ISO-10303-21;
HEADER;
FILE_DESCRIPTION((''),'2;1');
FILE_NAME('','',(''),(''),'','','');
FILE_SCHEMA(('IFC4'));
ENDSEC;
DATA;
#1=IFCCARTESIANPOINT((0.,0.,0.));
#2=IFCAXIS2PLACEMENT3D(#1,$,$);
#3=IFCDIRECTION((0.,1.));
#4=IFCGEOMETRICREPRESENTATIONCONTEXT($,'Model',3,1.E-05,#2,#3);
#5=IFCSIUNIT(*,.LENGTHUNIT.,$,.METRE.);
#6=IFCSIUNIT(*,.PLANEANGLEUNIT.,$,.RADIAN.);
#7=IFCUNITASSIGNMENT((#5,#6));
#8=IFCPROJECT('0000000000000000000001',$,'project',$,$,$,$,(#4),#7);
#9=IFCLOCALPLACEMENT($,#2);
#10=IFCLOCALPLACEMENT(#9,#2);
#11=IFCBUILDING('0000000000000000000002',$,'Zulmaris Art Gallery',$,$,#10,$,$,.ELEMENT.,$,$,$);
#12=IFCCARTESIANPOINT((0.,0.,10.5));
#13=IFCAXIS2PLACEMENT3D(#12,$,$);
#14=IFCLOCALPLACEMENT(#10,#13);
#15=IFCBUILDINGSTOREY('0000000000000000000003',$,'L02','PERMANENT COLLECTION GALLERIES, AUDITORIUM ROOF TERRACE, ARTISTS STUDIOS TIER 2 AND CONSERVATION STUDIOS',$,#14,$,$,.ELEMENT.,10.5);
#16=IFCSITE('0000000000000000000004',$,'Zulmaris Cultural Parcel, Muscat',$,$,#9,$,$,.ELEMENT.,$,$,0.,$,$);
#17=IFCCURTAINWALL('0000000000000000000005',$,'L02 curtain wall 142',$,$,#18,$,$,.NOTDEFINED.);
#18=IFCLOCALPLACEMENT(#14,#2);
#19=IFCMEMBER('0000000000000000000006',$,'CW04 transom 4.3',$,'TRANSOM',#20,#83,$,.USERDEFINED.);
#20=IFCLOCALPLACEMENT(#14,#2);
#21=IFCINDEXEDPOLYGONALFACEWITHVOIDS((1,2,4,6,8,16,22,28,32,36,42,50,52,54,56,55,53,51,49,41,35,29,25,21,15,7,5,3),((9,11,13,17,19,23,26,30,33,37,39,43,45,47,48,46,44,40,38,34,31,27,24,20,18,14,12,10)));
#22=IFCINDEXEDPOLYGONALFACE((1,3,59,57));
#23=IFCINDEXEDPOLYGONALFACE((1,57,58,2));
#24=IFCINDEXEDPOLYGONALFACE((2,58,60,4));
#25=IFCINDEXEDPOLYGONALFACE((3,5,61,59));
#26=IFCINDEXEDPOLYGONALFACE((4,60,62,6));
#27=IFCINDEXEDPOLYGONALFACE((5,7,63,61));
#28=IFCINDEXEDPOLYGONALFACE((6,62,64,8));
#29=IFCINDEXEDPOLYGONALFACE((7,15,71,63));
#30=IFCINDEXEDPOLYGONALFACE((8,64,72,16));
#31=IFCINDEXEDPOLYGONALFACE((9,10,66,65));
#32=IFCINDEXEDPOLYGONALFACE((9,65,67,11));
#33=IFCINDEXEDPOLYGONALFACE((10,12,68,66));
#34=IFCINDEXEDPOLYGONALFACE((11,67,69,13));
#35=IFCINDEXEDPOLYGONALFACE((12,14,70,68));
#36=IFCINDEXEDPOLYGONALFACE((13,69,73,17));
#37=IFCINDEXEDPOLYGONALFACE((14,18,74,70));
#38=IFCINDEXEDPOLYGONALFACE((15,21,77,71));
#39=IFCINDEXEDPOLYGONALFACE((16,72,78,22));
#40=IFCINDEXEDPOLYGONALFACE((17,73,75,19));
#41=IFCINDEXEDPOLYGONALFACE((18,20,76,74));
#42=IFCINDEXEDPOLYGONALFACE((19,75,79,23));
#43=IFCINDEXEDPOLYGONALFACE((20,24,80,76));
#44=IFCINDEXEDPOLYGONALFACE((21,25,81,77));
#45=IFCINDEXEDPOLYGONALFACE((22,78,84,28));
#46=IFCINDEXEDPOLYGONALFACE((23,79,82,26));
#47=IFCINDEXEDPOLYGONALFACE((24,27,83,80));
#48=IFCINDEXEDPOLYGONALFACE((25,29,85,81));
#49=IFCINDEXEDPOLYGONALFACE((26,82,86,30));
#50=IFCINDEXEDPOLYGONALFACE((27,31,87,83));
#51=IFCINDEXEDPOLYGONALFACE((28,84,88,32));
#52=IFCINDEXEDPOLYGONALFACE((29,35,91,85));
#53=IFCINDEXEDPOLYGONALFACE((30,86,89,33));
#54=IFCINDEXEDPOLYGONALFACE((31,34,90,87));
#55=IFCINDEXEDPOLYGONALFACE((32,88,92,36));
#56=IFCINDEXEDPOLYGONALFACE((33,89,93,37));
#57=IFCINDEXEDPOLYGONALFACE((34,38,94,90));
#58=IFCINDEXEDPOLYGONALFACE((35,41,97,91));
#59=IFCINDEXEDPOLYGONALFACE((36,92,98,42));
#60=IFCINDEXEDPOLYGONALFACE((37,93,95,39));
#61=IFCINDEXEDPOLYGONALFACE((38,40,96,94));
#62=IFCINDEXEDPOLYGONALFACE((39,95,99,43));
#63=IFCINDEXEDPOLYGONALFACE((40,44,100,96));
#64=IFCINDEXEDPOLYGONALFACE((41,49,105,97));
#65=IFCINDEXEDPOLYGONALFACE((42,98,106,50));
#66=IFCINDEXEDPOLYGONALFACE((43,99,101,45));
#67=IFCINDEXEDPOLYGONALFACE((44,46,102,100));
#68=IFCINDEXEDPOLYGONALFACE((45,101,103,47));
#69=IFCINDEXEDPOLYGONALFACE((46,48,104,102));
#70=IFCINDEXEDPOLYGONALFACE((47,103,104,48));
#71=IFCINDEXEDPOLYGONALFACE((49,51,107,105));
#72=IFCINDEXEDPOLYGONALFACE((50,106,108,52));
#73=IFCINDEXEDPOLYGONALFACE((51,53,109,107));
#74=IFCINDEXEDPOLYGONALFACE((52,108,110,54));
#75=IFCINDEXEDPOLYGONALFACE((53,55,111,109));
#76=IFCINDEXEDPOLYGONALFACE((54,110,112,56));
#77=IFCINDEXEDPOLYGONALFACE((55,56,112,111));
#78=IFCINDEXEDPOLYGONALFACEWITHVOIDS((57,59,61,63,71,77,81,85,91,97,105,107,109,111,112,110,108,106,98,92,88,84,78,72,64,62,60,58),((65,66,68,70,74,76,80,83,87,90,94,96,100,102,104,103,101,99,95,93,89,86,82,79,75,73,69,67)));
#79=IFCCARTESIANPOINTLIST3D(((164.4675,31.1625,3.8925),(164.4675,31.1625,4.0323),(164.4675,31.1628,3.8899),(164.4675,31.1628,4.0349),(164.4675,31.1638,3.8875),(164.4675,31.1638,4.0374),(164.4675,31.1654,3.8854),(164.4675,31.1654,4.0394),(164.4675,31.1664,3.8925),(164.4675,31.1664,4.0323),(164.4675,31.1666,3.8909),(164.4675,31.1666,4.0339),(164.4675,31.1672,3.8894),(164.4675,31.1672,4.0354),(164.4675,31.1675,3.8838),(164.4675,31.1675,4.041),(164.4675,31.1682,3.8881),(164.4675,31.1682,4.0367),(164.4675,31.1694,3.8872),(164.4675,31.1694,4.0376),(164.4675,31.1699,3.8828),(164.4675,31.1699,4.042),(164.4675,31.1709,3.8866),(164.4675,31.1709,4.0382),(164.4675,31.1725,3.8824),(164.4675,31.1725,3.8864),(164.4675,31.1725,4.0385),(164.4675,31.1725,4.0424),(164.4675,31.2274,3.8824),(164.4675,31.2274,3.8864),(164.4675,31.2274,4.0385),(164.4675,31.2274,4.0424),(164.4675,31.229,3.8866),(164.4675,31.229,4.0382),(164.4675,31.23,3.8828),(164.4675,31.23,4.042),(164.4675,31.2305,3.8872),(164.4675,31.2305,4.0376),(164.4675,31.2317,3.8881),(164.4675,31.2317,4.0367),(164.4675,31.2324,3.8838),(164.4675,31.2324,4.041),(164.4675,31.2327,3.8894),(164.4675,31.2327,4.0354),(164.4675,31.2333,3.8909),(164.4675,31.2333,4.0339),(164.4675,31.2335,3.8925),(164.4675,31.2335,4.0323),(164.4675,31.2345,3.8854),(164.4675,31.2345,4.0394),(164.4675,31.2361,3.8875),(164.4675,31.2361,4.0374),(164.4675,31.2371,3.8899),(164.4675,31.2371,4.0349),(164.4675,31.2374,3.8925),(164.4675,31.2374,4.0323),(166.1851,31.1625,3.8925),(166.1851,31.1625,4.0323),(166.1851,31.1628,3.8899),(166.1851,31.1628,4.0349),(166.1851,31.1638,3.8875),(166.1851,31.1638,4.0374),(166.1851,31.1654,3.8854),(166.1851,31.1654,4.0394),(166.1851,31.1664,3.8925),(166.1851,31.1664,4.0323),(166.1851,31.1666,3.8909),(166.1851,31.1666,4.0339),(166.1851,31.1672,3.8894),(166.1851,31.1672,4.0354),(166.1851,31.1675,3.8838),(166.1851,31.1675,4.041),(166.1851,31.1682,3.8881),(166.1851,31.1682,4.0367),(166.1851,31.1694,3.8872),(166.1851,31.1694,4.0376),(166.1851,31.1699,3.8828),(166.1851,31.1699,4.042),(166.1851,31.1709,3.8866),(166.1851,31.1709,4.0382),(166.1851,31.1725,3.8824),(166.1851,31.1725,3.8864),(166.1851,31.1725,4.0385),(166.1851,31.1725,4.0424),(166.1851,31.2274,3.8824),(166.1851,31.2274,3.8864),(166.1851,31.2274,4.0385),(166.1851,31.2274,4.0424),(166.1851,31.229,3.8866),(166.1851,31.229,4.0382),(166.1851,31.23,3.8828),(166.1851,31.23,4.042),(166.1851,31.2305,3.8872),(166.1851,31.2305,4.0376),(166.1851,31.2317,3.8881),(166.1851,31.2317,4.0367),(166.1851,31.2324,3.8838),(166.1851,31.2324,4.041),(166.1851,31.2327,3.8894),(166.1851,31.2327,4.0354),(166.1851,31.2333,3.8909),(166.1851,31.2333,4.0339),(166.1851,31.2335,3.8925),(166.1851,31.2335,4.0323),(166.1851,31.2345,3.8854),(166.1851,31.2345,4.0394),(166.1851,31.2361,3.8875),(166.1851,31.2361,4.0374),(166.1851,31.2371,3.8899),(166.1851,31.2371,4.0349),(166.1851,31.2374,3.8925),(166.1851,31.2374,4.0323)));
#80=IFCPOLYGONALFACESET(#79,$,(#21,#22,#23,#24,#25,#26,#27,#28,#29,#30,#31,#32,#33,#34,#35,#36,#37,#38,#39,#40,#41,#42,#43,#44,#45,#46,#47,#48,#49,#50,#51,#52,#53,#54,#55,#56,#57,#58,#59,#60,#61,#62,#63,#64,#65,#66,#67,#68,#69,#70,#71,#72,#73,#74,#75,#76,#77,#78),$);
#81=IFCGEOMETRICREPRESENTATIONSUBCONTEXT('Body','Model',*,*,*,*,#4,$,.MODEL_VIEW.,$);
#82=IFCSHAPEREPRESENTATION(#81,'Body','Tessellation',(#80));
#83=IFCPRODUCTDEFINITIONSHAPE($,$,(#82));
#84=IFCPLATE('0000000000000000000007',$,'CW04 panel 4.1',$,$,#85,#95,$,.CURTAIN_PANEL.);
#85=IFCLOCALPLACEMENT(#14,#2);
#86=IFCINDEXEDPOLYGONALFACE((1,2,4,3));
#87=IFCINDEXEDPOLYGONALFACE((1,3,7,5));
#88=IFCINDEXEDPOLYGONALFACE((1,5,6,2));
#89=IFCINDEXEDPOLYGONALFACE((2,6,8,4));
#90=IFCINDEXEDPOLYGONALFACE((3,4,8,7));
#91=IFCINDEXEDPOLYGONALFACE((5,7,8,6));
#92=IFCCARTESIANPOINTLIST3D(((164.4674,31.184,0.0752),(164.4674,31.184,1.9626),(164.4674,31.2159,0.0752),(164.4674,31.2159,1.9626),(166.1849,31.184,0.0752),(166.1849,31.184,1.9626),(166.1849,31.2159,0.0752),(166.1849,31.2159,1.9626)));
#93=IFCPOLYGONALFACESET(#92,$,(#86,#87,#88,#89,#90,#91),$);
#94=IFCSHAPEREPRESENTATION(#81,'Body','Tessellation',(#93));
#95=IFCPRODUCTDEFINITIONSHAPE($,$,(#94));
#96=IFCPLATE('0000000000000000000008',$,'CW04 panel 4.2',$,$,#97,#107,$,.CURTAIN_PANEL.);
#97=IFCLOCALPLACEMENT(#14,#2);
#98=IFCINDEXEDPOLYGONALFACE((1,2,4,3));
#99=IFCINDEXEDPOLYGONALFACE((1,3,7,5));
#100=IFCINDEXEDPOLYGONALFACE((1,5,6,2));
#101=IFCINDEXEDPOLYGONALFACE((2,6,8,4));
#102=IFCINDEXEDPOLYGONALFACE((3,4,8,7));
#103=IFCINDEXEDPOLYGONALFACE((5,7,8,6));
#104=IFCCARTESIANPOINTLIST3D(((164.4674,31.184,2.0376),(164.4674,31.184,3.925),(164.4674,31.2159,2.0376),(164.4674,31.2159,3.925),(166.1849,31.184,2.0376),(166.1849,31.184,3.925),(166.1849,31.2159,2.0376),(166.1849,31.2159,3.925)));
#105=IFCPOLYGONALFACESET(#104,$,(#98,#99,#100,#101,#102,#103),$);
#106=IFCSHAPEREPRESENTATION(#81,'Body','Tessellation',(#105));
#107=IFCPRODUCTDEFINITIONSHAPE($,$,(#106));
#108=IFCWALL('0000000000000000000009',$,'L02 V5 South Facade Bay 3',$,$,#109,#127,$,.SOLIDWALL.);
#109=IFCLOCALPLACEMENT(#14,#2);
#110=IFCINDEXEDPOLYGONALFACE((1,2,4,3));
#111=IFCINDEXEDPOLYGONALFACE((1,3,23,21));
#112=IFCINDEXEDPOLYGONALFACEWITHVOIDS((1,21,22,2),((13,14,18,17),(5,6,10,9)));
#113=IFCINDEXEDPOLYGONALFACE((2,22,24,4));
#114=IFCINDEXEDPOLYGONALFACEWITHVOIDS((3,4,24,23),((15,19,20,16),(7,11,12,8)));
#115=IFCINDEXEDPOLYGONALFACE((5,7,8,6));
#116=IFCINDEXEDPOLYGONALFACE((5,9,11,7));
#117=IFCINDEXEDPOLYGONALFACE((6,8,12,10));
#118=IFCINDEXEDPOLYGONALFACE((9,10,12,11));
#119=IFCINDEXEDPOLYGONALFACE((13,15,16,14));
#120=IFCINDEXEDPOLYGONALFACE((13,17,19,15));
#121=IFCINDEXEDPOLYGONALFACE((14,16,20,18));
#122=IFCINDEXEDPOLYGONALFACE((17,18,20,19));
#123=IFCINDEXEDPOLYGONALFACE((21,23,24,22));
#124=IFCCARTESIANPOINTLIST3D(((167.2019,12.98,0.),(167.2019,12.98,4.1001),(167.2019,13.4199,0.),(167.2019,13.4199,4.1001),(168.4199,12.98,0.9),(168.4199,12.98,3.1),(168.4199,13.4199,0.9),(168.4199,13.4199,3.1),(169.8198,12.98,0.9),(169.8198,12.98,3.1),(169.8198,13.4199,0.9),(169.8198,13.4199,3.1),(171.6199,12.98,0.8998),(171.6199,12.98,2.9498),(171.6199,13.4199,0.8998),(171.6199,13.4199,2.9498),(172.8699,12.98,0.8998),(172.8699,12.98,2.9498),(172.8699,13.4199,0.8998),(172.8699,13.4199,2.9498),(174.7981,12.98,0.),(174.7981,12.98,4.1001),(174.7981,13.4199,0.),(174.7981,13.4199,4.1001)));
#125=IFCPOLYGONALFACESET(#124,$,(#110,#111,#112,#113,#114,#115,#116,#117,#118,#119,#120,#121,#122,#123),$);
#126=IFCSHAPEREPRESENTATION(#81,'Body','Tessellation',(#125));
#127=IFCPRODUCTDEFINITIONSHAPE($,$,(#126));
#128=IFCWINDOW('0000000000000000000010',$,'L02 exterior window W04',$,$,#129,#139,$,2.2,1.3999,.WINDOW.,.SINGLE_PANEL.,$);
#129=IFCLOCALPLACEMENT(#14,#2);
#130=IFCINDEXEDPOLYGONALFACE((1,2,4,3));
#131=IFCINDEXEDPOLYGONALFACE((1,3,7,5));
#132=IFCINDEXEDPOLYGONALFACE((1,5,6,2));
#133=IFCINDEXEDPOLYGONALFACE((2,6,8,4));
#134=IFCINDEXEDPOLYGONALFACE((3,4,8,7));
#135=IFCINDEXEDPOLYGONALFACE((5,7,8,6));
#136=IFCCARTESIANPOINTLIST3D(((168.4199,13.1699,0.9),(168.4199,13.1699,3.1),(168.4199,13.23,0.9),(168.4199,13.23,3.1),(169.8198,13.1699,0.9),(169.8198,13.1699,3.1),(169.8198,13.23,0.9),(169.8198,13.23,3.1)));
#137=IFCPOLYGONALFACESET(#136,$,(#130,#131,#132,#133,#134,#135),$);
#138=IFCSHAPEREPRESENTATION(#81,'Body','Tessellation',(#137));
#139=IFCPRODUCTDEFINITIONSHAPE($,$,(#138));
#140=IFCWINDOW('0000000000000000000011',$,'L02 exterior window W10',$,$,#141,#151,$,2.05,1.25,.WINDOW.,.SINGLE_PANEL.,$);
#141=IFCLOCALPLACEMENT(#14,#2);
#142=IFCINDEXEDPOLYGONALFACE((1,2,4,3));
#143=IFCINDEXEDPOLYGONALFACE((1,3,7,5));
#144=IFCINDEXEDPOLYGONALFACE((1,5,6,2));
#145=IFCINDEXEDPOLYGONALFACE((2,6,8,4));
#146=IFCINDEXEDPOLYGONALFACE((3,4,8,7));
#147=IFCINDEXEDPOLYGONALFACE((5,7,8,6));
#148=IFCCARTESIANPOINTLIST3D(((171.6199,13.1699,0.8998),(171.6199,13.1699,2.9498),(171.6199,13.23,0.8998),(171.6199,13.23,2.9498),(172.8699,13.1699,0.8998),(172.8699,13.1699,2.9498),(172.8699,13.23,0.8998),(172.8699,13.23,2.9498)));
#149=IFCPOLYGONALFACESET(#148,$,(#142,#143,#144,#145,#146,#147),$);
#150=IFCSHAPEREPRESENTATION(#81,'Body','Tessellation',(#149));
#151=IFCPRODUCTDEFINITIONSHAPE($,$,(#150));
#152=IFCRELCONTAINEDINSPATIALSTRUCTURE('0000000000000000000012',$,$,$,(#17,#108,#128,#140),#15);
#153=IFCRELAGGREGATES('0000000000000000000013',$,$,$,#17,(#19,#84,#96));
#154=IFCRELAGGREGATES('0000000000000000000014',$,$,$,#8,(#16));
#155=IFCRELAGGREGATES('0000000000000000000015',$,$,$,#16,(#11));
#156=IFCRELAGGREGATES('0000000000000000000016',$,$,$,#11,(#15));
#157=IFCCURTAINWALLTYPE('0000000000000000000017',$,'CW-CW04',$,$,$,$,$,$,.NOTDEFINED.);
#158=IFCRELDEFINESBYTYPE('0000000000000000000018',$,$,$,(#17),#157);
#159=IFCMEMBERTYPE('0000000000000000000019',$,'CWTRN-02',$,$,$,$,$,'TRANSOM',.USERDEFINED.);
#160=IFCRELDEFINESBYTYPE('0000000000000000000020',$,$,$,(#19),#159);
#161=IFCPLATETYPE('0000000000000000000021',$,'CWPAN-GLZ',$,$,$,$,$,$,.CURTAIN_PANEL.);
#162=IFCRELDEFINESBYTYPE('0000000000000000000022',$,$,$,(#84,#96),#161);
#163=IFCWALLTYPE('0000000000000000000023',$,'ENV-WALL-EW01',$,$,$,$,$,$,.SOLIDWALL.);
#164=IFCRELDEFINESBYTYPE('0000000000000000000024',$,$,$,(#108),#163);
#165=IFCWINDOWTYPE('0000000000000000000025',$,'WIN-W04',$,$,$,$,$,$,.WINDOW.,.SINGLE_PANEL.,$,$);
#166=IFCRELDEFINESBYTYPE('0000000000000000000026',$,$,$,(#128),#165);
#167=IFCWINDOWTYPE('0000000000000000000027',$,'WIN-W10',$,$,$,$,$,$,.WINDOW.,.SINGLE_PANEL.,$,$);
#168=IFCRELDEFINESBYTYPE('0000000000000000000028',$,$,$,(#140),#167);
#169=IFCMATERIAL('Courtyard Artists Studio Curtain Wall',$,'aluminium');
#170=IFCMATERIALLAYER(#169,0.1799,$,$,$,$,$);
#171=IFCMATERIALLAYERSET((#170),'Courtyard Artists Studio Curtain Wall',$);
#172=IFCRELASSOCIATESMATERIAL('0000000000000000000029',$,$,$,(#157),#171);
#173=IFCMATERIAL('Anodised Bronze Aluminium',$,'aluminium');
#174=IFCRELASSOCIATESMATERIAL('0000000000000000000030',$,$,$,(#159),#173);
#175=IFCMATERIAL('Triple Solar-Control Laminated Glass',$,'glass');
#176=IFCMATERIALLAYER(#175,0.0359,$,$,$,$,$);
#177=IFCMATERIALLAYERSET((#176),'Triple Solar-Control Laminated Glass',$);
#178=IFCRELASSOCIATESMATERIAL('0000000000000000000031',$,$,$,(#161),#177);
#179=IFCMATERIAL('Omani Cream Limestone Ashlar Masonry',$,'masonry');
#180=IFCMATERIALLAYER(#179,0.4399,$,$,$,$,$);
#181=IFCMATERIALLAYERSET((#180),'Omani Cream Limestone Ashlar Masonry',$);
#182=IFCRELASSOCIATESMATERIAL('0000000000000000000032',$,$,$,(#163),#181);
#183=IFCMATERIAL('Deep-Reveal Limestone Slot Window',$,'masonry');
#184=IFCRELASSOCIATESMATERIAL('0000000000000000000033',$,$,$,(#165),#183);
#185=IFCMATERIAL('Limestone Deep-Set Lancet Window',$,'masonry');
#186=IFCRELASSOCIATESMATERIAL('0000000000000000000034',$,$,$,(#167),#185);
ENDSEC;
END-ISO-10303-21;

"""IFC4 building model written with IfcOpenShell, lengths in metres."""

from ifc_helpers import new_model, si_unit, direction, frame, frame_2d, origin, origin_2d, place, context, subcontext, project, spatial, rectangle, hollow_rectangle, extrude, material, layer, layer_set, material_profile, profile_set, type_object, element, fill, aggregate, save


model = new_model("IFC4")

# Units and contexts
model_context = context("Model", 3, precision=1e-05, world=origin(), true_north=direction((0.0, 1.0)))
body_context = subcontext(model_context, "Body", "Model", "MODEL_VIEW")
ifc_project = project(units=[si_unit("LENGTHUNIT", "METRE"), si_unit("PLANEANGLEUNIT", "RADIAN")], contexts=[model_context])

# Site, building, storey
site_placement = place(None, origin())
site = spatial("IfcSite", under=ifc_project, at=site_placement, Name="Zulmaris Cultural Parcel, Muscat", CompositionType="ELEMENT", RefElevation=0.0)
building_placement = place(site_placement, origin())
building = spatial("IfcBuilding", under=site, at=building_placement, Name="Zulmaris Art Gallery", CompositionType="ELEMENT")
storey_placement = place(building_placement, frame((0.0, 0.0, 10.5)))
storey = spatial("IfcBuildingStorey", under=building, at=storey_placement, Name="L02", Description="PERMANENT COLLECTION GALLERIES, AUDITORIUM ROOF TERRACE, ARTISTS STUDIOS TIER 2 AND CONSERVATION STUDIOS", CompositionType="ELEMENT", Elevation=10.5)

# Curtain wall, member, plates
ifc_material_1 = material(Name="Courtyard Artists Studio Curtain Wall", Category="aluminium")
ifc_layer_1 = layer(ifc_material_1, 0.1799)
ifc_layer_set_1 = layer_set([ifc_layer_1], Name="Courtyard Artists Studio Curtain Wall")
curtain_wall_type = type_object("IfcCurtainWallType", Name="CW-CW04", PredefinedType="NOTDEFINED", material=ifc_layer_set_1)
curtain_wall_placement = place(storey_placement, origin())
curtain_wall = element("IfcCurtainWall", 1, at=curtain_wall_placement, inside=storey, type_object=curtain_wall_type, Name="L02 curtain wall 142", PredefinedType="NOTDEFINED")
ifc_material_2 = material(Name="Anodised Bronze Aluminium", Category="aluminium")
ifc_material_profile_1 = material_profile(ifc_material_2, hollow_rectangle(XDim=0.075, YDim=0.1599, WallThickness=0.0039, InnerFilletRadius=0.0061, OuterFilletRadius=0.01, at=origin_2d()), Name="ALU 75x160x4")
ifc_profile_set_1 = profile_set([ifc_material_profile_1], Name="Anodised Bronze Aluminium")
member_type_1 = type_object("IfcMemberType", Name="CWTRN-02", ElementType="TRANSOM", PredefinedType="USERDEFINED", material=ifc_profile_set_1)
member_1_placement = place(storey_placement, frame((164.4675, 31.2, 3.9624), z_axis=(1.0, 0.0, 0.0), x_axis=(0.0, 1.0, 0.0)))
member_1 = element("IfcMember", 2, at=member_1_placement, type_object=member_type_1, Name="CW04 transom 4.3", ObjectType="TRANSOM", PredefinedType="USERDEFINED", context=body_context, shape_type="SweptSolid", body=[
    extrude(hollow_rectangle(XDim=0.075, YDim=0.1599, WallThickness=0.0039, InnerFilletRadius=0.0061, OuterFilletRadius=0.01, at=origin_2d()), origin(), (0.0, 0.0, 1.0), 1.7175),
])
ifc_material_3 = material(Name="Triple Solar-Control Laminated Glass", Category="glass")
ifc_layer_2 = layer(ifc_material_3, 0.0359)
ifc_layer_set_2 = layer_set([ifc_layer_2], Name="Triple Solar-Control Laminated Glass")
plate_type = type_object("IfcPlateType", Name="CWPAN-GLZ", PredefinedType="CURTAIN_PANEL", material=ifc_layer_set_2)
plate_1_placement = place(storey_placement, frame((165.3262, 31.2, 0.0752), z_axis=(0.0, 0.0, 1.0), x_axis=(1.0, 0.0, 0.0)))
plate_1 = element("IfcPlate", 3, at=plate_1_placement, type_object=plate_type, Name="CW04 panel 4.1", PredefinedType="CURTAIN_PANEL", context=body_context, shape_type="SweptSolid", body=[
    extrude(rectangle(XDim=1.7175, YDim=0.032, at=origin_2d()), origin(), (0.0, 0.0, 1.0), 1.8875),
])
plate_2_placement = place(storey_placement, frame((165.3262, 31.2, 2.0376), z_axis=(0.0, 0.0, 1.0), x_axis=(1.0, 0.0, 0.0)))
plate_2 = element("IfcPlate", 4, at=plate_2_placement, type_object=plate_type, Name="CW04 panel 4.2", PredefinedType="CURTAIN_PANEL", context=body_context, shape_type="SweptSolid", body=[
    extrude(rectangle(XDim=1.7175, YDim=0.032, at=origin_2d()), origin(), (0.0, 0.0, 1.0), 1.8875),
])
aggregate(curtain_wall, [member_1, plate_1, plate_2])

# Wall, openings, windows
ifc_material_4 = material(Name="Omani Cream Limestone Ashlar Masonry", Category="masonry")
ifc_layer_3 = layer(ifc_material_4, 0.4399)
ifc_layer_set_3 = layer_set([ifc_layer_3], Name="Omani Cream Limestone Ashlar Masonry")
wall_type = type_object("IfcWallType", Name="ENV-WALL-EW01", PredefinedType="SOLIDWALL", material=ifc_layer_set_3)
wall_1_placement = place(storey_placement, frame((167.2019, 13.2, 0.0), z_axis=(0.0, 0.0, 1.0), x_axis=(1.0, 0.0, 0.0)))
wall_1 = element("IfcWall", 5, at=wall_1_placement, inside=storey, type_object=wall_type, Name="L02 V5 South Facade Bay 3", PredefinedType="SOLIDWALL", context=body_context, shape_type="SweptSolid", body=[
    extrude(rectangle(XDim=7.5962, YDim=0.4399, at=frame_2d((3.7981, 0.0))), origin(), (0.0, 0.0, 1.0), 4.1001),
])
opening_1_placement = place(wall_1_placement, frame((1.218, 0.0, 0.8999)))
opening_1 = element("IfcOpeningElement", 6, at=opening_1_placement, cuts=wall_1, PredefinedType="OPENING", context=body_context, shape_type="SweptSolid", body=[
    extrude(rectangle(XDim=1.3999, YDim=2.2, at=frame_2d((0.7, 1.1001))), frame((0.0, 0.23, 0.0), z_axis=(0.0, -1.0, 0.0), x_axis=(1.0, 0.0, 0.0)), (0.0, 0.0, 1.0), 0.46),
])
opening_2_placement = place(wall_1_placement, frame((4.418, 0.0, 0.8999)))
opening_2 = element("IfcOpeningElement", 7, at=opening_2_placement, cuts=wall_1, PredefinedType="OPENING", context=body_context, shape_type="SweptSolid", body=[
    extrude(rectangle(XDim=1.25, YDim=2.05, at=frame_2d((0.625, 1.0249))), frame((0.0, 0.23, 0.0), z_axis=(0.0, -1.0, 0.0), x_axis=(1.0, 0.0, 0.0)), (0.0, 0.0, 1.0), 0.46),
])
ifc_material_5 = material(Name="Deep-Reveal Limestone Slot Window", Category="masonry")
window_type_1 = type_object("IfcWindowType", Name="WIN-W04", PartitioningType="SINGLE_PANEL", PredefinedType="WINDOW", material=ifc_material_5)
window_1_placement = place(opening_1_placement, origin())
window_1 = element("IfcWindow", 8, at=window_1_placement, inside=storey, type_object=window_type_1, Name="L02 exterior window W04", OverallHeight=2.2, OverallWidth=1.3999, PartitioningType="SINGLE_PANEL", PredefinedType="WINDOW", context=body_context, shape_type="SweptSolid", body=[
    extrude(rectangle(XDim=1.3999, YDim=2.2, at=frame_2d((0.7, 1.1001))), frame((0.0, 0.03, 0.0), z_axis=(0.0, -1.0, 0.0), x_axis=(1.0, 0.0, 0.0)), (0.0, 0.0, 1.0), 0.0601),
])
fill(opening_1, window_1)
ifc_material_6 = material(Name="Limestone Deep-Set Lancet Window", Category="masonry")
window_type_2 = type_object("IfcWindowType", Name="WIN-W10", PartitioningType="SINGLE_PANEL", PredefinedType="WINDOW", material=ifc_material_6)
window_2_placement = place(opening_2_placement, origin())
window_2 = element("IfcWindow", 9, at=window_2_placement, inside=storey, type_object=window_type_2, Name="L02 exterior window W10", OverallHeight=2.05, OverallWidth=1.25, PartitioningType="SINGLE_PANEL", PredefinedType="WINDOW", context=body_context, shape_type="SweptSolid", body=[
    extrude(rectangle(XDim=1.25, YDim=2.05, at=frame_2d((0.625, 1.0249))), frame((0.0, 0.03, 0.0), z_axis=(0.0, -1.0, 0.0), x_axis=(1.0, 0.0, 0.0)), (0.0, 0.0, 1.0), 0.0601),
])
fill(opening_2, window_2)

save(model, "model.ifc")
